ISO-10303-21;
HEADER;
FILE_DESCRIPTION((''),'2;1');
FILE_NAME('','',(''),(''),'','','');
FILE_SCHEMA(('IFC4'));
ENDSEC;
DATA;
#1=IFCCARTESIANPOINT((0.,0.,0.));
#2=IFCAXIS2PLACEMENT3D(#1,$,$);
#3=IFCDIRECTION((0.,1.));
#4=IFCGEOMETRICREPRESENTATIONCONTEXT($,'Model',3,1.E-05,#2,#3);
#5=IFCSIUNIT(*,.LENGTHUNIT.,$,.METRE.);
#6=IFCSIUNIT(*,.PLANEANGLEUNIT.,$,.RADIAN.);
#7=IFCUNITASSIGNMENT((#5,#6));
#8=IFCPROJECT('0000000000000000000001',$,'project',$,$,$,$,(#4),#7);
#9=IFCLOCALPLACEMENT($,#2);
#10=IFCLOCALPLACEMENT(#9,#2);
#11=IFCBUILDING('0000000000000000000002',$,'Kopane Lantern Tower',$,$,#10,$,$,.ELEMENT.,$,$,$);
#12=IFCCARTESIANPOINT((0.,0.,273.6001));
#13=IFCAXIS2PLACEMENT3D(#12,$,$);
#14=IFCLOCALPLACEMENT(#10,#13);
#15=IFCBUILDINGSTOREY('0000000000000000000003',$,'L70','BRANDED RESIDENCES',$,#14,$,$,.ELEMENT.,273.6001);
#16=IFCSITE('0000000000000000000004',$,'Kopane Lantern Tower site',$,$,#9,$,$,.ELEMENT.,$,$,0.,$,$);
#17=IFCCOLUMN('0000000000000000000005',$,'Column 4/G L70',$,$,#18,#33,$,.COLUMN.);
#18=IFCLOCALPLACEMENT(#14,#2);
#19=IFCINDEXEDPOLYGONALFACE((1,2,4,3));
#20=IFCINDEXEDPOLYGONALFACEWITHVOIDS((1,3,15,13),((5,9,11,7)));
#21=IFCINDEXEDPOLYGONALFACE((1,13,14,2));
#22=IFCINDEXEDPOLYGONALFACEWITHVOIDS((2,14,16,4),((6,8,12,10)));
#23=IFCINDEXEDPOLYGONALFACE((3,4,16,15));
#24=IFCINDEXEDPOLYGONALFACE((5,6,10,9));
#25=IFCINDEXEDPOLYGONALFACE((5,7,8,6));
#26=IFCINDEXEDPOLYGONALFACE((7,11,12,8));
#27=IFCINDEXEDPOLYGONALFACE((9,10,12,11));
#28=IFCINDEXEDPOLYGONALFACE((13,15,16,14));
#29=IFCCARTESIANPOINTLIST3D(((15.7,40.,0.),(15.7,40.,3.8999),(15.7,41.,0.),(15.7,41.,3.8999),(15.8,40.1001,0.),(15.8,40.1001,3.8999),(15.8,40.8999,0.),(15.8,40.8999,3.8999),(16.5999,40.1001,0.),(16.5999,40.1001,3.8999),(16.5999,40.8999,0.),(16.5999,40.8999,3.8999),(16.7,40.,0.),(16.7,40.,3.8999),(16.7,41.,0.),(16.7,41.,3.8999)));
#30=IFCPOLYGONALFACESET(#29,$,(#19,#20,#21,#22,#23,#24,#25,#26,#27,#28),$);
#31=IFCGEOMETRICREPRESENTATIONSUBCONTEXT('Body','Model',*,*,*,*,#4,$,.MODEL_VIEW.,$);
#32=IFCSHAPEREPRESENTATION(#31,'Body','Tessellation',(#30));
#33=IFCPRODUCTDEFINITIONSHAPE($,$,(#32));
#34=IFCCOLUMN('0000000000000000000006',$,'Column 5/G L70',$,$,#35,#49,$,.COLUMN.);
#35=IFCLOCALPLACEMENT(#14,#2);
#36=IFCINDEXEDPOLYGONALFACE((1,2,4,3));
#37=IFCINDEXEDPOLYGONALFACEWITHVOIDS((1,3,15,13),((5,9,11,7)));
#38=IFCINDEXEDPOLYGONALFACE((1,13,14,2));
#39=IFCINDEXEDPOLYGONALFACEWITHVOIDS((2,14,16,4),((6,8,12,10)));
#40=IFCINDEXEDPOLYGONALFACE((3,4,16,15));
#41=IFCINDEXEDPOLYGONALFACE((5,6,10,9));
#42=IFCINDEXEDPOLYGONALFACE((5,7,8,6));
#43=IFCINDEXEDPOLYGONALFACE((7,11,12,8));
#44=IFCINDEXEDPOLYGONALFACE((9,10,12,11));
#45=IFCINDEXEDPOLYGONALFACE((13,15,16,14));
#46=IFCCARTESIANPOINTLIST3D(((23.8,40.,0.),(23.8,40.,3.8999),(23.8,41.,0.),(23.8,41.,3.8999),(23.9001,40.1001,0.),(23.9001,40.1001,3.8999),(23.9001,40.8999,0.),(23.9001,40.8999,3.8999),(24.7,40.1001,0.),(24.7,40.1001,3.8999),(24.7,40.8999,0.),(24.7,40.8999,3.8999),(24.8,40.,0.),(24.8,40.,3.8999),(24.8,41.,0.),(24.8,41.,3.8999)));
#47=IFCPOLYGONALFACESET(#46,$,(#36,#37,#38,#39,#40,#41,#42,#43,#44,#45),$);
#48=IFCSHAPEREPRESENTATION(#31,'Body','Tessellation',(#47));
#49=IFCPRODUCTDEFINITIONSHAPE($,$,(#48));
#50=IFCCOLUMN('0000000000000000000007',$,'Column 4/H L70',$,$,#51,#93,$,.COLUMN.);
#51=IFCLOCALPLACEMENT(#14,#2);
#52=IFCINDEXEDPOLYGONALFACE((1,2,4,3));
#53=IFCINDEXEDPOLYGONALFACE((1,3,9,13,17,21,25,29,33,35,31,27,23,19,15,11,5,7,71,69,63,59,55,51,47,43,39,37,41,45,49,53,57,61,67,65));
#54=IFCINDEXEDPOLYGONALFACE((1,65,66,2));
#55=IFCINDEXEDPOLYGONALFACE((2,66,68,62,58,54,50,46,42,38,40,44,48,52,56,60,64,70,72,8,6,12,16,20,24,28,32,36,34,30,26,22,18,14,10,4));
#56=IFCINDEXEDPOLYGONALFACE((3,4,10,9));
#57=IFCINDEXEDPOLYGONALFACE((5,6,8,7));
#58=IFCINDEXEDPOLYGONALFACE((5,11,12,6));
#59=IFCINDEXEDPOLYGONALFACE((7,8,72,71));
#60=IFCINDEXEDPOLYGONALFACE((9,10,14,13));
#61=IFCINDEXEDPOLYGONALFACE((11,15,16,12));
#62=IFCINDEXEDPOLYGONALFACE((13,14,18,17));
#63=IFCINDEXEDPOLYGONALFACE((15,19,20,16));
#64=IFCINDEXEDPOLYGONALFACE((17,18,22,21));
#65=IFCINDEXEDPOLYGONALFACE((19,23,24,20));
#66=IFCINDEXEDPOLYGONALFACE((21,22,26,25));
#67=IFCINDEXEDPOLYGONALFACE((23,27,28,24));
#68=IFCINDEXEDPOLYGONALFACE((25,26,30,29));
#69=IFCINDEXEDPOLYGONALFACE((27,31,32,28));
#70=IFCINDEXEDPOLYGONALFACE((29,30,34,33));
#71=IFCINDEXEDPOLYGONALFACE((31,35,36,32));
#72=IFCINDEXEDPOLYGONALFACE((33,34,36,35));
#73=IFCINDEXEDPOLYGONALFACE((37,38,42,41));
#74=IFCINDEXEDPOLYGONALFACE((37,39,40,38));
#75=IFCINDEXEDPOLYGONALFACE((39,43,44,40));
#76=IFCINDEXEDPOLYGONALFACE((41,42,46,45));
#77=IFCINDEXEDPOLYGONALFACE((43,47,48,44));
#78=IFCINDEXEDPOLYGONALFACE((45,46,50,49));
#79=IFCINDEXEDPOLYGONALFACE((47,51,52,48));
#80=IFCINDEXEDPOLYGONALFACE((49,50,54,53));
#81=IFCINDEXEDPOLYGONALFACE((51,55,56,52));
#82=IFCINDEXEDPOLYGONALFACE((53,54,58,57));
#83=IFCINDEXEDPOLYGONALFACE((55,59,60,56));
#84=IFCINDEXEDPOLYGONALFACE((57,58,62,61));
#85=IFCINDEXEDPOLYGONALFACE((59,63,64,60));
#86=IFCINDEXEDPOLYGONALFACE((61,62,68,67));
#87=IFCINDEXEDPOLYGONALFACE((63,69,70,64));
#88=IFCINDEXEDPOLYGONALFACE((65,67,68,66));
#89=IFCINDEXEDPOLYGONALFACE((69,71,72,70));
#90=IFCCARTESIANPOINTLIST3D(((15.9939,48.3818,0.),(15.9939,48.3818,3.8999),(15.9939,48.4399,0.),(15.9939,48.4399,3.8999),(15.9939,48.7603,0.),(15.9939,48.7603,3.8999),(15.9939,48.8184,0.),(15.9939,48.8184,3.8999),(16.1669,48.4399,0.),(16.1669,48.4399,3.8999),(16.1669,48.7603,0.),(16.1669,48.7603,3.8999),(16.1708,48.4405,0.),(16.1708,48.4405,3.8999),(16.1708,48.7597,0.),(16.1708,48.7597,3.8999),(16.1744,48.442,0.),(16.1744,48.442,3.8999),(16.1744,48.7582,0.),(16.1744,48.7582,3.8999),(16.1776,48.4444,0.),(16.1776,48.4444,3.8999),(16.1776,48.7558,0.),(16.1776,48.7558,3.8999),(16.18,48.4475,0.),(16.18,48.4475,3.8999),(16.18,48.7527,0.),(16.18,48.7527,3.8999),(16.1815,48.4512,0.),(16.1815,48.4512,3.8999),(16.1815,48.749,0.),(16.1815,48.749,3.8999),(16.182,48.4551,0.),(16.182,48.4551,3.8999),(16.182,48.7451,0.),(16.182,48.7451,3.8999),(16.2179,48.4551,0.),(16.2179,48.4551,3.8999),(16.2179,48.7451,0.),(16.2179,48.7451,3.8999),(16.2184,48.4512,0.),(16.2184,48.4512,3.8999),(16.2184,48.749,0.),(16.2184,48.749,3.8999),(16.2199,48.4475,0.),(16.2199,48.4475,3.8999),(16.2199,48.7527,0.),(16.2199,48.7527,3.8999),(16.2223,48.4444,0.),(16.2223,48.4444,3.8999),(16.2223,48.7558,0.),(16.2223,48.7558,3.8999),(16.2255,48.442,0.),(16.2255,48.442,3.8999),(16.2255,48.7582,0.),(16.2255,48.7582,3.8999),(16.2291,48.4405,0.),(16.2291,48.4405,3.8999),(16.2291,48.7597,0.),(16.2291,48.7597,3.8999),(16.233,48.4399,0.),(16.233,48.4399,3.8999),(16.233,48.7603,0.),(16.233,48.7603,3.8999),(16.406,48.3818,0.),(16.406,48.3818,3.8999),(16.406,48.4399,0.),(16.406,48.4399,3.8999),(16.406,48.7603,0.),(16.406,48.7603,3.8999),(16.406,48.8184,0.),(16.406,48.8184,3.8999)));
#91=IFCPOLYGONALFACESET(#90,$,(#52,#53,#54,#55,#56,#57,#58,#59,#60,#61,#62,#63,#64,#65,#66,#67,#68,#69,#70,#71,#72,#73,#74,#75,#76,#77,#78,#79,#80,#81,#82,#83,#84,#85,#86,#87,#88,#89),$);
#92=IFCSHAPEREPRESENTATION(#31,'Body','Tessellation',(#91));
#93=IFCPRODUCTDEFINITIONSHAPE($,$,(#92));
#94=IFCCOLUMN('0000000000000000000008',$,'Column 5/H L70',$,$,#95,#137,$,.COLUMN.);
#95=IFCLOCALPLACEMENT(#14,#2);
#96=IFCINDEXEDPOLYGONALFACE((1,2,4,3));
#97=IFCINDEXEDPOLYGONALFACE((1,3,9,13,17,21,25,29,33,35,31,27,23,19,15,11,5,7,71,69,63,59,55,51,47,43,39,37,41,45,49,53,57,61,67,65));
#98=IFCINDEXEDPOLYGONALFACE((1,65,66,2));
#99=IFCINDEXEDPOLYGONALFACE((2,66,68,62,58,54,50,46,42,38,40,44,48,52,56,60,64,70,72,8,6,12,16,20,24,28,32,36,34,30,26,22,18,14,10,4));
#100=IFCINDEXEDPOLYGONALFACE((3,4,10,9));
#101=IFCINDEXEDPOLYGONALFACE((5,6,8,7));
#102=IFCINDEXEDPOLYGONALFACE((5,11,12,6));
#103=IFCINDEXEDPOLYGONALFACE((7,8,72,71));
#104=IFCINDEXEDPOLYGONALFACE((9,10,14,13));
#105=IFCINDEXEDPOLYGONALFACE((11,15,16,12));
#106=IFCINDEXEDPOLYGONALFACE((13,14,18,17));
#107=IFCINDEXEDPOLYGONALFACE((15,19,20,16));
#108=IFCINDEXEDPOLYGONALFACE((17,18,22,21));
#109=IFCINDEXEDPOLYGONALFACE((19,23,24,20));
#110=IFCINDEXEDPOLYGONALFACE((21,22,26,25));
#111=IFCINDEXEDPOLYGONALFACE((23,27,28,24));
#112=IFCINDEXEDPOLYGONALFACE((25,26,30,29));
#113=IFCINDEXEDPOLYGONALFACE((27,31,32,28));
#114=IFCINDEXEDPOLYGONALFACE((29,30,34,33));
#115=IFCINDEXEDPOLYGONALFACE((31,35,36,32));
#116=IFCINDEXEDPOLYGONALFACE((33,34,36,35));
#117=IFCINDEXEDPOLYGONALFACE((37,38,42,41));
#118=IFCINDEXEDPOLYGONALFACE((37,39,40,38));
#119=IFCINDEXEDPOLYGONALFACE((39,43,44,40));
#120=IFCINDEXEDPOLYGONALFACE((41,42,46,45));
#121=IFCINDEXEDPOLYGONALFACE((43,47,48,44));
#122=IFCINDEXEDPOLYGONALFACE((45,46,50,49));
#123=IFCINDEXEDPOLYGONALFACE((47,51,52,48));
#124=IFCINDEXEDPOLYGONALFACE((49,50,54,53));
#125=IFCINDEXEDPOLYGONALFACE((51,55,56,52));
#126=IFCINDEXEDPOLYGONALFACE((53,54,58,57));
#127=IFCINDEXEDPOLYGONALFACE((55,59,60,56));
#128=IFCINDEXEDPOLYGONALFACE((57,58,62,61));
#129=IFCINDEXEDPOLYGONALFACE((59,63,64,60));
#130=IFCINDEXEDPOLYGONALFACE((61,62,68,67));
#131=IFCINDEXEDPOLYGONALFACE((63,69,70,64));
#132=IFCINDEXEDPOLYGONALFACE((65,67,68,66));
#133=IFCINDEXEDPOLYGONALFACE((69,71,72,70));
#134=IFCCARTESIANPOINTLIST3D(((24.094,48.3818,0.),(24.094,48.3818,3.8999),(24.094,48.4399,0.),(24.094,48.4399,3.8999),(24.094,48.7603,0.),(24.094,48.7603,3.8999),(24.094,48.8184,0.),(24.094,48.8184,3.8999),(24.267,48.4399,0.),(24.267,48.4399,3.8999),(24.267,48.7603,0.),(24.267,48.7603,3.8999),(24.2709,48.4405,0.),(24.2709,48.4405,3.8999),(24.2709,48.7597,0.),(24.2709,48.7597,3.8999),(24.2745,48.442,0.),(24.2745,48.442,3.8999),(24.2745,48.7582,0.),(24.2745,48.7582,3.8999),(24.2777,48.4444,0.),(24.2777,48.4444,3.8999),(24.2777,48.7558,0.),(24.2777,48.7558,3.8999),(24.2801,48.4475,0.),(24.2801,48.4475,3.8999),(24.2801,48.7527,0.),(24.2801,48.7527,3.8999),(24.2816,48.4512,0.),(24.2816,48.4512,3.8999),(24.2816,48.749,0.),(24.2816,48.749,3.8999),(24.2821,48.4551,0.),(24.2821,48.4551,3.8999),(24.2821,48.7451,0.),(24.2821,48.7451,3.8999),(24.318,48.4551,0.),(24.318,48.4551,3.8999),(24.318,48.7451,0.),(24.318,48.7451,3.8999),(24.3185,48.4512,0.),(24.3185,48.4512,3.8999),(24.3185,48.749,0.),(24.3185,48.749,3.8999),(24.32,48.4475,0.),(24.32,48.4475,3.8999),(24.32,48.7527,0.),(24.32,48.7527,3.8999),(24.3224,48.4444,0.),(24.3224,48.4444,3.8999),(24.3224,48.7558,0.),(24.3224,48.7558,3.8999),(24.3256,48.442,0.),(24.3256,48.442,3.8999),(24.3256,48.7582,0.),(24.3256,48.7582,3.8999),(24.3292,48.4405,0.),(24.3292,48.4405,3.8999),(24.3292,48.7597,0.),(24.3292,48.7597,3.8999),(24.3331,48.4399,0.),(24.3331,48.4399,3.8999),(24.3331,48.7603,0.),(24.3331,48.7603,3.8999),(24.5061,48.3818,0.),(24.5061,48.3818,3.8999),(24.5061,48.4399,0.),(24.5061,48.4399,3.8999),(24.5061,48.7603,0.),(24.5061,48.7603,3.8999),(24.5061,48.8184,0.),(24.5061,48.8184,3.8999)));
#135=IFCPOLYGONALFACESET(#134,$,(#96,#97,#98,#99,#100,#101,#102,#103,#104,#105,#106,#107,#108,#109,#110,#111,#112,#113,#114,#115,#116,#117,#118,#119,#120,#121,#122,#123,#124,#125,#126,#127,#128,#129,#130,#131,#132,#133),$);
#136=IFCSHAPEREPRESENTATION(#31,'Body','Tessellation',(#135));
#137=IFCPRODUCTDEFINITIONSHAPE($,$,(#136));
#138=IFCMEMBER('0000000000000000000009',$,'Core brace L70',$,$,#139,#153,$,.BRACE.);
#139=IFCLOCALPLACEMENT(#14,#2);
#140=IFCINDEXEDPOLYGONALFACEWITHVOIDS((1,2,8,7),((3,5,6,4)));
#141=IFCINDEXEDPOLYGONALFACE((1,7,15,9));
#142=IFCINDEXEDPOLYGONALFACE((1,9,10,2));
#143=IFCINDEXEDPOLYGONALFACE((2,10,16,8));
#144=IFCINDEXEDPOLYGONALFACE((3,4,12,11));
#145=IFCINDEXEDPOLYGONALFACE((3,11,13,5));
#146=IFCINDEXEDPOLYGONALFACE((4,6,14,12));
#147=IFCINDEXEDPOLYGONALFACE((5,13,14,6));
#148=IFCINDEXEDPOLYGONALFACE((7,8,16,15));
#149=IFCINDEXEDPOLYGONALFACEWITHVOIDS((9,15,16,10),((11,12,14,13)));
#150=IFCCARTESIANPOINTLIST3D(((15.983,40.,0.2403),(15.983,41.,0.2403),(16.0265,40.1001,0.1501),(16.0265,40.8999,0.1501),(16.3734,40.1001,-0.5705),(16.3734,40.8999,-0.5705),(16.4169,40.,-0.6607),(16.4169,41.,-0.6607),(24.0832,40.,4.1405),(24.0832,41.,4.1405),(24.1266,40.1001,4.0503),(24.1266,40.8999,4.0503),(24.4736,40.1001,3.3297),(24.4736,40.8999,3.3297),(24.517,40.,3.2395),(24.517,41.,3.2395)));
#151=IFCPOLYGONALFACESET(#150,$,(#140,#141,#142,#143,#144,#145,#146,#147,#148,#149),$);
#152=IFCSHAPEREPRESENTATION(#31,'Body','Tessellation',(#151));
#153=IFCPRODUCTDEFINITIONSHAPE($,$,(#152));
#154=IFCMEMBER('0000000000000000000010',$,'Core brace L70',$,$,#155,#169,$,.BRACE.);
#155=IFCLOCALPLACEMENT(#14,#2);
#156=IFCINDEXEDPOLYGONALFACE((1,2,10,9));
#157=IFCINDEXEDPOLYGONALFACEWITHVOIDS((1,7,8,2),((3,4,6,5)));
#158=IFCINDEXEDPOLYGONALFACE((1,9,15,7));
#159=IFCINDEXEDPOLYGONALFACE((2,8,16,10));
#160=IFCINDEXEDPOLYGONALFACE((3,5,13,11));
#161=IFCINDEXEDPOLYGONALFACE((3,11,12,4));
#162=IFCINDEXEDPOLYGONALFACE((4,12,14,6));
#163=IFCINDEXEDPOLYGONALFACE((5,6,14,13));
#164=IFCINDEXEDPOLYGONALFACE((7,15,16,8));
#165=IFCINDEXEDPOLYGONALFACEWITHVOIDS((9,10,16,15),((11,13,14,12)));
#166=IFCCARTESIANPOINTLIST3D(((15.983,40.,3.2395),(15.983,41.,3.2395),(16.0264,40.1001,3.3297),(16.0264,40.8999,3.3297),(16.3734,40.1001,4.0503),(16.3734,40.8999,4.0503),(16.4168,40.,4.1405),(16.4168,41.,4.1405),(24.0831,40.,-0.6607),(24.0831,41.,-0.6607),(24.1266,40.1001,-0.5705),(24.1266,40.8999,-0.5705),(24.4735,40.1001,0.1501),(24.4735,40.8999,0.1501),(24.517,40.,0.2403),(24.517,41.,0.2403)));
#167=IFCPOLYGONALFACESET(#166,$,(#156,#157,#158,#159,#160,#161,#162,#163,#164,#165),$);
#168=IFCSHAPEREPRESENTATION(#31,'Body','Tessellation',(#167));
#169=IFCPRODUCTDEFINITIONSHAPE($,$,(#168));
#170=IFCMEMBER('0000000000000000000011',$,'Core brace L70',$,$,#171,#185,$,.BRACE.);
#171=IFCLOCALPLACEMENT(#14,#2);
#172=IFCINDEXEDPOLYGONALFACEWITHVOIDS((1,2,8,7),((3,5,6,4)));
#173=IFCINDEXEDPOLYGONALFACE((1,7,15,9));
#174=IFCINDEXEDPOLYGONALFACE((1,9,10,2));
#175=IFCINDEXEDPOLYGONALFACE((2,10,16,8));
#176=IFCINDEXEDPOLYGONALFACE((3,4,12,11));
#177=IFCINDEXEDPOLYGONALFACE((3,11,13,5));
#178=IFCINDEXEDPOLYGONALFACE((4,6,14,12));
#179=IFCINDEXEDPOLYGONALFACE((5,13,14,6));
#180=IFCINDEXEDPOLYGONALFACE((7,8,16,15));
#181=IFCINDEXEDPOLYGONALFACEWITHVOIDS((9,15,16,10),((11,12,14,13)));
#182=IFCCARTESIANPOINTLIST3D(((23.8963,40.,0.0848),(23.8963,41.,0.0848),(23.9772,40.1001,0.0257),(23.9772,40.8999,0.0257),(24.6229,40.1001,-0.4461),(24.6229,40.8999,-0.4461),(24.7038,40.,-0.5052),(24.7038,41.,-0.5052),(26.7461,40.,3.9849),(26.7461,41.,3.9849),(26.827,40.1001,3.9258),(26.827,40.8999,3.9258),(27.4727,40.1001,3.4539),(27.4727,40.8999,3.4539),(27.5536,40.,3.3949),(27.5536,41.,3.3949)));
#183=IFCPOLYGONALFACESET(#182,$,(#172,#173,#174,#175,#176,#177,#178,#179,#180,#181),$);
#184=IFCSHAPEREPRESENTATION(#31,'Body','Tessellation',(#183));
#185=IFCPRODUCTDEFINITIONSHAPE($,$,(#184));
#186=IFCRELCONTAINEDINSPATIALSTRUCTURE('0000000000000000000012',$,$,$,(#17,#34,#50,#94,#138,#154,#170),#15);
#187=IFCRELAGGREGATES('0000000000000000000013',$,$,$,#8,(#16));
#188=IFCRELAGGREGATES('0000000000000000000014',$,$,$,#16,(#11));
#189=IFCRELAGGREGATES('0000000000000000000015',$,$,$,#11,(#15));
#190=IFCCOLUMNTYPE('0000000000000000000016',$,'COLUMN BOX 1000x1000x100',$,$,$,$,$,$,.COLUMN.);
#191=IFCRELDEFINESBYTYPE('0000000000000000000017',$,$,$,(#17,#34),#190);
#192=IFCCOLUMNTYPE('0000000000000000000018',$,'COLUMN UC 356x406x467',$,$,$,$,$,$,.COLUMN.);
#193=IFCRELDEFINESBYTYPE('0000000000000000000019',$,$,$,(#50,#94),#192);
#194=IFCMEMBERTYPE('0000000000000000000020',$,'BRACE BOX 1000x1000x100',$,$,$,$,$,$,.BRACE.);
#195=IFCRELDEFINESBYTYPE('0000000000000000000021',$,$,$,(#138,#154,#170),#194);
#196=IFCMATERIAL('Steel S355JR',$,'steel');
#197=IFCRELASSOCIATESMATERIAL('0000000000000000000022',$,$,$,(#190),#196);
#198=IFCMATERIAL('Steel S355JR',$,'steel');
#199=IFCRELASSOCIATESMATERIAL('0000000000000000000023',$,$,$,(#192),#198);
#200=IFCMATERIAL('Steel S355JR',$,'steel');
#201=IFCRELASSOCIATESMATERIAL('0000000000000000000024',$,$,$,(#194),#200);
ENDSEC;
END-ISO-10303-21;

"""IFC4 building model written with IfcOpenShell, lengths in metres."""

from ifc_helpers import new_model, si_unit, direction, frame, origin, origin_2d, place, context, subcontext, project, spatial, hollow_rectangle, i_section, extrude, material, material_profile, profile_set, type_object, element, save


model = new_model("IFC4")

# Units and contexts
model_context = context("Model", 3, precision=1e-05, world=origin(), true_north=direction((0.0, 1.0)))
body_context = subcontext(model_context, "Body", "Model", "MODEL_VIEW")
ifc_project = project(units=[si_unit("LENGTHUNIT", "METRE"), si_unit("PLANEANGLEUNIT", "RADIAN")], contexts=[model_context])

# Site, building, storey
site_placement = place(None, origin())
site = spatial("IfcSite", under=ifc_project, at=site_placement, Name="Kopane Lantern Tower site", CompositionType="ELEMENT", RefElevation=0.0)
building_placement = place(site_placement, origin())
building = spatial("IfcBuilding", under=site, at=building_placement, Name="Kopane Lantern Tower", CompositionType="ELEMENT")
storey_placement = place(building_placement, frame((0.0, 0.0, 273.6001)))
storey = spatial("IfcBuildingStorey", under=building, at=storey_placement, Name="L70", Description="BRANDED RESIDENCES", CompositionType="ELEMENT", Elevation=273.6001)

# Columns
ifc_material_1 = material(Name="Steel S355JR", Category="steel")
ifc_material_profile_1 = material_profile(ifc_material_1, hollow_rectangle(XDim=1.0, YDim=1.0, WallThickness=0.1001, at=origin_2d()), Name="BOX 1000x1000x100")
ifc_profile_set_1 = profile_set([ifc_material_profile_1], Name="Steel S355JR")
column_type_1 = type_object("IfcColumnType", Name="COLUMN BOX 1000x1000x100", PredefinedType="COLUMN", material=ifc_profile_set_1)
for number, where, z_axis, x_axis, name in (
    (1, (16.2, 40.5, 0.0), (0.0, 0.0, 1.0), (1.0, 0.0, 0.0), "Column 4/G L70"),
    (2, (24.3, 40.5, 0.0), (0.0, 0.0, 1.0), (1.0, 0.0, 0.0), "Column 5/G L70"),
):
    element("IfcColumn", number, at=place(storey_placement, frame(where, z_axis=z_axis, x_axis=x_axis)), inside=storey, type_object=column_type_1, Name=name, PredefinedType="COLUMN", context=body_context, shape_type="SweptSolid", body=[
        extrude(hollow_rectangle(XDim=1.0, YDim=1.0, WallThickness=0.1001, at=origin_2d()), origin(), (0.0, 0.0, 1.0), 3.8999),
    ])
ifc_material_2 = material(Name="Steel S355JR", Category="steel")
ifc_material_profile_2 = material_profile(ifc_material_2, i_section(OverallWidth=0.4121, OverallDepth=0.4365, WebThickness=0.0359, FlangeThickness=0.0581, FilletRadius=0.0151, at=origin_2d()), Name="UC 356x406x467")
ifc_profile_set_2 = profile_set([ifc_material_profile_2], Name="Steel S355JR")
column_type_2 = type_object("IfcColumnType", Name="COLUMN UC 356x406x467", PredefinedType="COLUMN", material=ifc_profile_set_2)
for number, where, z_axis, x_axis, name in (
    (3, (16.2, 48.6001, 0.0), (0.0, 0.0, 1.0), (1.0, 0.0, 0.0), "Column 4/H L70"),
    (4, (24.3, 48.6001, 0.0), (0.0, 0.0, 1.0), (1.0, 0.0, 0.0), "Column 5/H L70"),
):
    element("IfcColumn", number, at=place(storey_placement, frame(where, z_axis=z_axis, x_axis=x_axis)), inside=storey, type_object=column_type_2, Name=name, PredefinedType="COLUMN", context=body_context, shape_type="SweptSolid", body=[
        extrude(i_section(OverallWidth=0.4121, OverallDepth=0.4365, WebThickness=0.0359, FlangeThickness=0.0581, FilletRadius=0.0151, at=origin_2d()), origin(), (0.0, 0.0, 1.0), 3.8999),
    ])

# Members
ifc_material_3 = material(Name="Steel S355JR", Category="steel")
ifc_material_profile_3 = material_profile(ifc_material_3, hollow_rectangle(XDim=1.0, YDim=1.0, WallThickness=0.1001, at=origin_2d()), Name="BOX 1000x1000x100")
ifc_profile_set_3 = profile_set([ifc_material_profile_3], Name="Steel S355JR")
member_type_1 = type_object("IfcMemberType", Name="BRACE BOX 1000x1000x100", PredefinedType="BRACE", material=ifc_profile_set_3)
for number, where, z_axis, x_axis, name in (
    (5, (16.2, 40.5, -0.2102), (0.900997, 0.0, 0.433825), (0.0, 1.0, 0.0), "Core brace L70"),
    (6, (24.3, 40.5, -0.2102), (-0.900997, 0.0, 0.433825), (0.0, -1.0, 0.0), "Core brace L70"),
):
    element("IfcMember", number, at=place(storey_placement, frame(where, z_axis=z_axis, x_axis=x_axis)), inside=storey, type_object=member_type_1, Name=name, PredefinedType="BRACE", context=body_context, shape_type="SweptSolid", body=[
        extrude(hollow_rectangle(XDim=1.0, YDim=1.0, WallThickness=0.1001, at=origin_2d()), origin(), (0.0, 0.0, 1.0), 8.9902),
    ])
member_1_placement = place(storey_placement, frame((24.3, 40.5, -0.2102), z_axis=(0.589982, 0.0, 0.807416), x_axis=(0.0, 1.0, 0.0)))
element("IfcMember", 7, at=member_1_placement, inside=storey, type_object=member_type_1, Name="Core brace L70", PredefinedType="BRACE", context=body_context, shape_type="SweptSolid", body=[
    extrude(hollow_rectangle(XDim=1.0, YDim=1.0, WallThickness=0.1001, at=origin_2d()), origin(), (0.0, 0.0, 1.0), 4.8303),
])

save(model, "model.ifc")
